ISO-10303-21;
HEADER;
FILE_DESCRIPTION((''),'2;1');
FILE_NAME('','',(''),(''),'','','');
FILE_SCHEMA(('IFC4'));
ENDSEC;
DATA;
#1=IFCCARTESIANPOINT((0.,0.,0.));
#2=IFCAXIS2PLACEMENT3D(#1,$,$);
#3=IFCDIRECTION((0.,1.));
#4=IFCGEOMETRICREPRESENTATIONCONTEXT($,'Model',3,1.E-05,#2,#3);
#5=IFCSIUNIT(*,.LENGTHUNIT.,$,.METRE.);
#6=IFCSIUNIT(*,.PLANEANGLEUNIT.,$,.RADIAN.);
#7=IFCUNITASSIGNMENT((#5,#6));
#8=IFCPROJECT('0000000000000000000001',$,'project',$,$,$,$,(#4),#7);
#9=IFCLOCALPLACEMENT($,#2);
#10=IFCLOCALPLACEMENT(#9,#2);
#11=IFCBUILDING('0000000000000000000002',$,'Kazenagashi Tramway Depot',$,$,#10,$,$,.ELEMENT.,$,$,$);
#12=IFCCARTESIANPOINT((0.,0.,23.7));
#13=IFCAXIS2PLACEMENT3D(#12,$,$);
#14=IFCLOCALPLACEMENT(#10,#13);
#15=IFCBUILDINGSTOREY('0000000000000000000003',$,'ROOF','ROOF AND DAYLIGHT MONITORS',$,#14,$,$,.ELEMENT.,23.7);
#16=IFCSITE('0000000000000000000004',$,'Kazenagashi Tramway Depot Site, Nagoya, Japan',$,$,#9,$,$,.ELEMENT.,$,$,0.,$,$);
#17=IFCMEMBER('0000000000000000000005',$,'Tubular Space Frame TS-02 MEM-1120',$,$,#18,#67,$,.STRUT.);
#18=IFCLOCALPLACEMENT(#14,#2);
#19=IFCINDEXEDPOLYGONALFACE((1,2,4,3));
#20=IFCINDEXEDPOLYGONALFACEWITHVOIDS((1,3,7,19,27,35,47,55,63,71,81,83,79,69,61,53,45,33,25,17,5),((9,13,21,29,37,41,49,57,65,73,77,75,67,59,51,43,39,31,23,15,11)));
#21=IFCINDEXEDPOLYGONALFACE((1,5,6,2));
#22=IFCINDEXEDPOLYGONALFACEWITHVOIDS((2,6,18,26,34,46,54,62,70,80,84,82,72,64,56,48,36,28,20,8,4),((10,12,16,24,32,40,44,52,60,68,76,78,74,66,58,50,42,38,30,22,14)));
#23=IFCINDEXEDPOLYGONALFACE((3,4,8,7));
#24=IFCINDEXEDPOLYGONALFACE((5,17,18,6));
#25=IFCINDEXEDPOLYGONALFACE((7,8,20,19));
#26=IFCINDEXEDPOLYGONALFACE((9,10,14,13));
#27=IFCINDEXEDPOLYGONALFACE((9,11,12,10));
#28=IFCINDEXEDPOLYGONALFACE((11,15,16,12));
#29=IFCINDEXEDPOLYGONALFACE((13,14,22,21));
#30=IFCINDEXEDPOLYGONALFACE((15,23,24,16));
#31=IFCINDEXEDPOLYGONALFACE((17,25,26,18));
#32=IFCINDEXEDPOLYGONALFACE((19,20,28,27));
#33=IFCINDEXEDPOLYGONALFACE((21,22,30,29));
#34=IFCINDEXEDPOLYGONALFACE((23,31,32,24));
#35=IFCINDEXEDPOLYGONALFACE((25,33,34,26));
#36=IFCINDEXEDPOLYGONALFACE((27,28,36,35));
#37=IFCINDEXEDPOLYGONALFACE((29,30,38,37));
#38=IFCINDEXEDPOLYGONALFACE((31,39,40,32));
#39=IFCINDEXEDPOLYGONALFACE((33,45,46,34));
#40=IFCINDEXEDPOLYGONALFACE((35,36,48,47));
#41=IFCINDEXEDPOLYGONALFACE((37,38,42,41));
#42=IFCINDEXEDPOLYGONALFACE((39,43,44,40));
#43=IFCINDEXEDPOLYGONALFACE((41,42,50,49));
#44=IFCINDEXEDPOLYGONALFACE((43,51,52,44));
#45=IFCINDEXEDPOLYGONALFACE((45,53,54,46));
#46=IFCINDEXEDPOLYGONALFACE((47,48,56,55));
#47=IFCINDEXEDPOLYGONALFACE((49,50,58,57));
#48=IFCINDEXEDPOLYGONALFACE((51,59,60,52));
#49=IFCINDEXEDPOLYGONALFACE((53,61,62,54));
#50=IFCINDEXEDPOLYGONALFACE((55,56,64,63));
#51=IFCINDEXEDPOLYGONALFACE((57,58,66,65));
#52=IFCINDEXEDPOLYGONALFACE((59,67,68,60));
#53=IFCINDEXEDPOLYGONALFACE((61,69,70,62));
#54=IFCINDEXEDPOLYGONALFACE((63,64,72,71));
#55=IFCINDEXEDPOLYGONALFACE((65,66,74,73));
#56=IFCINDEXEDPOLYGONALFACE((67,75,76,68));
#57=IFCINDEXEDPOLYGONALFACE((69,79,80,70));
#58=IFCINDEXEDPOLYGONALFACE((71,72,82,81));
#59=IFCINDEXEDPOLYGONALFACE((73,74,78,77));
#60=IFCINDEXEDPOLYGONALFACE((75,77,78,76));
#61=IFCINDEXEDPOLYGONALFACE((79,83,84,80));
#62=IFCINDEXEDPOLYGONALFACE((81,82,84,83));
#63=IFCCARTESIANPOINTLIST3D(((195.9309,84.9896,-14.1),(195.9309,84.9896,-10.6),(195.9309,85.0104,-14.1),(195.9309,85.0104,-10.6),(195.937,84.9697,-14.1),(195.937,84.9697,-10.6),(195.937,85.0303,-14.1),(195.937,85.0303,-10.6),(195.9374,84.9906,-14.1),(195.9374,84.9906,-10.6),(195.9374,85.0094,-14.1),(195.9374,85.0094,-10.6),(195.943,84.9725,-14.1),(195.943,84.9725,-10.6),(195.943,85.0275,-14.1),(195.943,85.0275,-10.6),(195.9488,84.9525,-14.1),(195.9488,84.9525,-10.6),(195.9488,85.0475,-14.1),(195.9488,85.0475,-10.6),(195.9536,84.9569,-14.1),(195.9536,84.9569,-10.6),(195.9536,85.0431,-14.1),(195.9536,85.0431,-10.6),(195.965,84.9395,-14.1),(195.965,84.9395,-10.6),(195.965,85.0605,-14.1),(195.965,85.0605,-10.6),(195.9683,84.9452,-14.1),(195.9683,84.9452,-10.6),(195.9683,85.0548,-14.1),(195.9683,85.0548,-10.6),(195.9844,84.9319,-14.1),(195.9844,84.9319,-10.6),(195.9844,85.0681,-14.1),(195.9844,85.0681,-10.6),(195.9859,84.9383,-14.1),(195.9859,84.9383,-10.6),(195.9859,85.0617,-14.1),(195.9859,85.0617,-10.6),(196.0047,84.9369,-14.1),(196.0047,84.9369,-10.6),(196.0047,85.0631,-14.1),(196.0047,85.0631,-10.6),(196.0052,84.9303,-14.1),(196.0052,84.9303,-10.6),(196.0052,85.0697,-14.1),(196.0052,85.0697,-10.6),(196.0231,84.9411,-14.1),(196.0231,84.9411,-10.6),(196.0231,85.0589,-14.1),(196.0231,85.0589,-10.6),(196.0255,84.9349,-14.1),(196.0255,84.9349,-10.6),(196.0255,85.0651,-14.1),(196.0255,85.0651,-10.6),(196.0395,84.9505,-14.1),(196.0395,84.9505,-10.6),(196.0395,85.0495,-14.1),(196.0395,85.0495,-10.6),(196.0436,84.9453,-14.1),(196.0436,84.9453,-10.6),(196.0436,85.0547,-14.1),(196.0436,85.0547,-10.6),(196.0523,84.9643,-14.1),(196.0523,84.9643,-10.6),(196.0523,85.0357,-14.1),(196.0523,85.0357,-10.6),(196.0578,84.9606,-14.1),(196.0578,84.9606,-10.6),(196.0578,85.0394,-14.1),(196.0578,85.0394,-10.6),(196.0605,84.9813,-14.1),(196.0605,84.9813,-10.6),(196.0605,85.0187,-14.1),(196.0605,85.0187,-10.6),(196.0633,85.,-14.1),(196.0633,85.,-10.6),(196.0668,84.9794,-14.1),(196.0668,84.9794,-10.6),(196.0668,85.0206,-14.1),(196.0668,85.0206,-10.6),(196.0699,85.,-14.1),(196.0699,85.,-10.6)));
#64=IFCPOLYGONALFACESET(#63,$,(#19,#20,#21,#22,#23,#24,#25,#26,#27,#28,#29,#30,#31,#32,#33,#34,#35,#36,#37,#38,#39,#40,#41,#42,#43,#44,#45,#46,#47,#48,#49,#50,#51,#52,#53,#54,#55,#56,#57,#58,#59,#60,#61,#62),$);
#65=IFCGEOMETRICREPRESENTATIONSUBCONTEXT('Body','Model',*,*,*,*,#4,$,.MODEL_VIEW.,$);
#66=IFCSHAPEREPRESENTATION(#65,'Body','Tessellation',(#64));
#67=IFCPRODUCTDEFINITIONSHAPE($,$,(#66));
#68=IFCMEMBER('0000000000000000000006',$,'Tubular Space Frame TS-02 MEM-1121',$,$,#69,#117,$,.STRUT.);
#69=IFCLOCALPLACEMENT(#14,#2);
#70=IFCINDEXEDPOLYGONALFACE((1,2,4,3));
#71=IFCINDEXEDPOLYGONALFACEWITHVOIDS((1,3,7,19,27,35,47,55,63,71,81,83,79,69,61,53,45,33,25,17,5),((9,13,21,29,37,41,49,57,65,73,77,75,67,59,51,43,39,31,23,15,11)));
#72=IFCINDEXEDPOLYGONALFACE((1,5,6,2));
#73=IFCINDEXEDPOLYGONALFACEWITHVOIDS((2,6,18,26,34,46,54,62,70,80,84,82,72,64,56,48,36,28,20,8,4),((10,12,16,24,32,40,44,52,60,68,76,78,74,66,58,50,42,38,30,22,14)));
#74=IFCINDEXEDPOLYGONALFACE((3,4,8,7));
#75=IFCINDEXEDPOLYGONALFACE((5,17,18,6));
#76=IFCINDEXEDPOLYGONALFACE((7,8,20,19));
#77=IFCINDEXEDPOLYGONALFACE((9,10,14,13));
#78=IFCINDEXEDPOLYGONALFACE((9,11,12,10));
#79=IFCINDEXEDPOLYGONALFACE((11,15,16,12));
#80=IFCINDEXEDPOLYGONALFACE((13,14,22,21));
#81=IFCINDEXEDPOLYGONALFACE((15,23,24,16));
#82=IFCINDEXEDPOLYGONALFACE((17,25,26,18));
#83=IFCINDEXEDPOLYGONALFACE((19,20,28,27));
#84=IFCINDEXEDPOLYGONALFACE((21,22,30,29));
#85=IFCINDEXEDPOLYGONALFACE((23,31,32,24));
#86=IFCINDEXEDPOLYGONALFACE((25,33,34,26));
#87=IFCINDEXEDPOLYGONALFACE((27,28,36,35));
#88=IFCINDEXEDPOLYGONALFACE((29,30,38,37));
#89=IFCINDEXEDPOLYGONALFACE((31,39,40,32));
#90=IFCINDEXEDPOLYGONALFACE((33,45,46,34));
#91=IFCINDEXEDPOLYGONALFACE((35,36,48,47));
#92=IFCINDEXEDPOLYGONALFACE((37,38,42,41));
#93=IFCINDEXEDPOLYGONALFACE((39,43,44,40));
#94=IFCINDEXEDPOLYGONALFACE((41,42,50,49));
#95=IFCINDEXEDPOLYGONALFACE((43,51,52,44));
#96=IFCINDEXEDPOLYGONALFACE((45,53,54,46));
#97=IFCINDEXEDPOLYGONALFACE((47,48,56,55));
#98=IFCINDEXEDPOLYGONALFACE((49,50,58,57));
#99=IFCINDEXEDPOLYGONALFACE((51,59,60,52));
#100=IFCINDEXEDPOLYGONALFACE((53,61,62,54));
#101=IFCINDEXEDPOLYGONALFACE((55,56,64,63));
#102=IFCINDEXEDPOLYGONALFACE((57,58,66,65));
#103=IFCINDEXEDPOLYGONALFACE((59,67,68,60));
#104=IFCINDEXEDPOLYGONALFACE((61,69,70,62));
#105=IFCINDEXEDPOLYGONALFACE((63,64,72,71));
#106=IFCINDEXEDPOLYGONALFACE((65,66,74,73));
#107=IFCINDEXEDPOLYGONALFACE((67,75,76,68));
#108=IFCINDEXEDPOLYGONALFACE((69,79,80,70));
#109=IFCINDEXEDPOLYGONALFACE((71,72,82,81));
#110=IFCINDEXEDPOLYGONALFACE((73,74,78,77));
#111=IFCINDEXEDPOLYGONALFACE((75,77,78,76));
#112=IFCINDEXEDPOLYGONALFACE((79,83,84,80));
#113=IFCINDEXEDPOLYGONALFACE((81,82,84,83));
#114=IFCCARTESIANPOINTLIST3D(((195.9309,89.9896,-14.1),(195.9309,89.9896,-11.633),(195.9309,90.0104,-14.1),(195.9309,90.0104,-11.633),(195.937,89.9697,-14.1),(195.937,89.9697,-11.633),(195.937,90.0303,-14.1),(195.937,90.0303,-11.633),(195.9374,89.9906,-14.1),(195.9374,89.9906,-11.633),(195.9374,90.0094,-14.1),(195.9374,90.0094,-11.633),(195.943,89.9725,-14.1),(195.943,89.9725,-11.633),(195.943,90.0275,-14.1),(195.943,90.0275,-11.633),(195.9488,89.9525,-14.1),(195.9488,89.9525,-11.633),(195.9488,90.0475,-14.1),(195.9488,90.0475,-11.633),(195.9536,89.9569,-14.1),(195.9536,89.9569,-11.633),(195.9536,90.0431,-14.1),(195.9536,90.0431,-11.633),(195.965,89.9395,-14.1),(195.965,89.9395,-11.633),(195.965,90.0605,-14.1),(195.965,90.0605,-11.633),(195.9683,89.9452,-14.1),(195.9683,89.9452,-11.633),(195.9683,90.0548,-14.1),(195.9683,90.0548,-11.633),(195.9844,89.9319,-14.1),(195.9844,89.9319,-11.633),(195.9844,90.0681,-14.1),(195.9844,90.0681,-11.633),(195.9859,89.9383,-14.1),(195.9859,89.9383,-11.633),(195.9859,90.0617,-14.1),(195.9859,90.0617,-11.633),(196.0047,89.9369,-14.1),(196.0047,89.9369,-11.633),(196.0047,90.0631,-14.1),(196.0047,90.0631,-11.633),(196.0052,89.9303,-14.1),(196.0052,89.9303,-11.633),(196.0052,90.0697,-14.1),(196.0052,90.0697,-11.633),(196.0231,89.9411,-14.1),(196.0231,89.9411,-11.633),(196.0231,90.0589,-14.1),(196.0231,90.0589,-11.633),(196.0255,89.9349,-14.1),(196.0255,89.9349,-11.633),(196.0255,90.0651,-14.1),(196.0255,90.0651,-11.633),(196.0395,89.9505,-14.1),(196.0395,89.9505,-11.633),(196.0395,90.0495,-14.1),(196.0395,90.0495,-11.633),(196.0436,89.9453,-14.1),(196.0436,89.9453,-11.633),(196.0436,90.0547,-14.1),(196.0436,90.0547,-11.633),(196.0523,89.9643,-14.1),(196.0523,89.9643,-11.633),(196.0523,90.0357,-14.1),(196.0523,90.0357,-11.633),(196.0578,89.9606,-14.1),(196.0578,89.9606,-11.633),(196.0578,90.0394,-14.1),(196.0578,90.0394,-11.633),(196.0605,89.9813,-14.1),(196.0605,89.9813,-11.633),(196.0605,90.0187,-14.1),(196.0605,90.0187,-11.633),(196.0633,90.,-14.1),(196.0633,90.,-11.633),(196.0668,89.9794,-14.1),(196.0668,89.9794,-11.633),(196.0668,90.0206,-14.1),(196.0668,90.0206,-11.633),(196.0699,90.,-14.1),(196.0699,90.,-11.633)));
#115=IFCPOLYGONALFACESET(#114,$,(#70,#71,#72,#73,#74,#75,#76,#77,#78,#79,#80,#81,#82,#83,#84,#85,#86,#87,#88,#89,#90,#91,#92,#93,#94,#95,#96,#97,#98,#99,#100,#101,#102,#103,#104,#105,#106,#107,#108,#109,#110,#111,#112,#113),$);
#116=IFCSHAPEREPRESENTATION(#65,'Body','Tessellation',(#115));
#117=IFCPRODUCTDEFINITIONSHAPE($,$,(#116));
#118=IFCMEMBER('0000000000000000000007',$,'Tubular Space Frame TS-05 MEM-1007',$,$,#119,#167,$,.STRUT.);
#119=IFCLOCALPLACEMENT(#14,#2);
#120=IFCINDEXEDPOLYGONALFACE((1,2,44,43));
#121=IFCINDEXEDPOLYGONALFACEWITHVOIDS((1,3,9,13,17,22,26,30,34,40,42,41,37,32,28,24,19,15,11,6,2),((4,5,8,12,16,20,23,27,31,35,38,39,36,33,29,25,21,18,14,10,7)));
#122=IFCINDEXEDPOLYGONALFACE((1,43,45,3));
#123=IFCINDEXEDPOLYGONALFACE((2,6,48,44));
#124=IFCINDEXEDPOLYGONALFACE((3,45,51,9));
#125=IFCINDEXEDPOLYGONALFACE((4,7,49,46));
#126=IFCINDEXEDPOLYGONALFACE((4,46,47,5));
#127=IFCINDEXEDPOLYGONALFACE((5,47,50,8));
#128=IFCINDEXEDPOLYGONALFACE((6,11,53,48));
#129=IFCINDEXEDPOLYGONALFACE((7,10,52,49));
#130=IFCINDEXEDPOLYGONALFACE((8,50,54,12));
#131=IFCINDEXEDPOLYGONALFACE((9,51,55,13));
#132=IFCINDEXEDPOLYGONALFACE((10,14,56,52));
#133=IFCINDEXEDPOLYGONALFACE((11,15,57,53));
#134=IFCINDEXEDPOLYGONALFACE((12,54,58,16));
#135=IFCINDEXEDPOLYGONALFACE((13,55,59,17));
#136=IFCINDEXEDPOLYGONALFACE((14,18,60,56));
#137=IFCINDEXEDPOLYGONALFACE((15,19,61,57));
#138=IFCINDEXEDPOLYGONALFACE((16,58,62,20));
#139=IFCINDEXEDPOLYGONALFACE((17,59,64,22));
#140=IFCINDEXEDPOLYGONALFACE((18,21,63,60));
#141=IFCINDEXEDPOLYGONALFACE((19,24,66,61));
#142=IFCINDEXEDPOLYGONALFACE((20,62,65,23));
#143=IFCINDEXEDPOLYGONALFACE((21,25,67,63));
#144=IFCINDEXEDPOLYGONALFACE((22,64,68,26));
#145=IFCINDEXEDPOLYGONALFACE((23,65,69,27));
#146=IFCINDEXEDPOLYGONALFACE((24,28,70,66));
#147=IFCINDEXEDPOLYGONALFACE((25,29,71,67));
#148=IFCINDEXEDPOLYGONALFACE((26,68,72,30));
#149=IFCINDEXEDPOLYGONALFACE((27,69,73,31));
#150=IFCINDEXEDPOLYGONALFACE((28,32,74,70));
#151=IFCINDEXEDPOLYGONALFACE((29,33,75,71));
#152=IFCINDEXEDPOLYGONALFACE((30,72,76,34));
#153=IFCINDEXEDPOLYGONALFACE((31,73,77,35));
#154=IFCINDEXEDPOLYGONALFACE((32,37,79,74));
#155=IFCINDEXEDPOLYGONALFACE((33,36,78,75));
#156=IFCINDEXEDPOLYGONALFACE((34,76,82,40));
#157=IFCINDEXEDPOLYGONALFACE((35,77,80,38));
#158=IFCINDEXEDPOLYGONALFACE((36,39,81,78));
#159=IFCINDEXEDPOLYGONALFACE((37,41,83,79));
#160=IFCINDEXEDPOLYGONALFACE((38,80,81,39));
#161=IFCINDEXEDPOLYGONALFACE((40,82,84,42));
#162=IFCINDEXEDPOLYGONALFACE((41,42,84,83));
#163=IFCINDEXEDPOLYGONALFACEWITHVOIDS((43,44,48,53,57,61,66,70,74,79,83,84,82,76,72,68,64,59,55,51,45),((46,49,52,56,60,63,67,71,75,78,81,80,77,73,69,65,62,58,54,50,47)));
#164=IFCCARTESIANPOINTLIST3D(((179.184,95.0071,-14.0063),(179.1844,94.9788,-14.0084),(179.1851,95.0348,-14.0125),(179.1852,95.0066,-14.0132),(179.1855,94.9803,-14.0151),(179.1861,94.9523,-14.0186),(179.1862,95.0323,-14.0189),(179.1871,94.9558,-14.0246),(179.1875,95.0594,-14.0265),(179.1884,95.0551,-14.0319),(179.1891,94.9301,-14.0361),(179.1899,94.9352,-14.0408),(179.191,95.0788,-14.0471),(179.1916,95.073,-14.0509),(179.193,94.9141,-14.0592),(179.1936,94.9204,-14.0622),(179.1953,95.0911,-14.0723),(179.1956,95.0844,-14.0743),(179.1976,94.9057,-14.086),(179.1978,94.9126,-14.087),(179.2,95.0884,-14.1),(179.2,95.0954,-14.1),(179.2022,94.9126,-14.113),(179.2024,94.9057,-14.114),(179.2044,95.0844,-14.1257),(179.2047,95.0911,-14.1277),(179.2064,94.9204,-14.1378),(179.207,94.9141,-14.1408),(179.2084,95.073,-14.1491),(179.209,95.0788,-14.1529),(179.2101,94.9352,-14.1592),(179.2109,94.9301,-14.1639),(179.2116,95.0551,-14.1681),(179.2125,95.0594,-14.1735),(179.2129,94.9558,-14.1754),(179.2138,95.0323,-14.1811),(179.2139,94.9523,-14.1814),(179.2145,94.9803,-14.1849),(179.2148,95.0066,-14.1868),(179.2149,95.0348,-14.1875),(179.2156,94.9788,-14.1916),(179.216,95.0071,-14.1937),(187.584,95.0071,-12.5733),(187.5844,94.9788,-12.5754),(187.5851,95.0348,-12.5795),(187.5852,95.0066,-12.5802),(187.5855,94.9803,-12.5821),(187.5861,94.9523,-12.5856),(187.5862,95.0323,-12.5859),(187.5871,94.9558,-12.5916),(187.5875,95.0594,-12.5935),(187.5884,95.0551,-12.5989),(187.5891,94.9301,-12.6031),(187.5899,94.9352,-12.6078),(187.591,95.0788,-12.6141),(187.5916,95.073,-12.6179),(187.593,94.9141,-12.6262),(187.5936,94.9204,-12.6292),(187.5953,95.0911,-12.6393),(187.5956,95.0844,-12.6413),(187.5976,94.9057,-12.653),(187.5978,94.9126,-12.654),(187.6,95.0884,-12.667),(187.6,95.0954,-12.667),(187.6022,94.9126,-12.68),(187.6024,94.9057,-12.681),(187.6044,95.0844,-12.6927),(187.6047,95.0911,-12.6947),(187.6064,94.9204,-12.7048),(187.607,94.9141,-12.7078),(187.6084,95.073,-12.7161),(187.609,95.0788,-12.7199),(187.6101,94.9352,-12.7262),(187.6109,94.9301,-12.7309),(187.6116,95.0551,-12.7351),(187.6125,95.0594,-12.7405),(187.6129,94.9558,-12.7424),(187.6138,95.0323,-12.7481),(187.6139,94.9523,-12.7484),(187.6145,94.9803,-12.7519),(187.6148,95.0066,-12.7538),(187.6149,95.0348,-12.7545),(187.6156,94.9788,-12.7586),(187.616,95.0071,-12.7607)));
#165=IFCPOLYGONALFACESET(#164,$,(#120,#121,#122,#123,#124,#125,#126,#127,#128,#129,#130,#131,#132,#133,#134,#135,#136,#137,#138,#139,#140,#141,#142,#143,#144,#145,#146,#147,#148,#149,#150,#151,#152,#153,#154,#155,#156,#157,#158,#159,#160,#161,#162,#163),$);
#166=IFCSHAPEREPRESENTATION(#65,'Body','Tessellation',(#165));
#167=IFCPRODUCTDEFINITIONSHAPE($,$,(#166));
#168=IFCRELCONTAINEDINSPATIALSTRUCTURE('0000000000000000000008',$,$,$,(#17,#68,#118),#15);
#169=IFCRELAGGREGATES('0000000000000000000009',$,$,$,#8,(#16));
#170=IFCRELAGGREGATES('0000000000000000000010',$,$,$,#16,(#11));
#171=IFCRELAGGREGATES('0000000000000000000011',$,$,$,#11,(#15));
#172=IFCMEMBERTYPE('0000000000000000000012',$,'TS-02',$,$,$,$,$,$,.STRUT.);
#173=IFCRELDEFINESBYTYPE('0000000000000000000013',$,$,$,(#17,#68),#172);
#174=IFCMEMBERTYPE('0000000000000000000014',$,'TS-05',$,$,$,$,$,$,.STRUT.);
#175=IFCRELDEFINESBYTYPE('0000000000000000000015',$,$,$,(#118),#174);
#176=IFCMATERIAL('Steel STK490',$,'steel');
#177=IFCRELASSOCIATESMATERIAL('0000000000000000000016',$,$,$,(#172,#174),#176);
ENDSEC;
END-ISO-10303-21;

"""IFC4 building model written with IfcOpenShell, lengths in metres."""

from ifc_helpers import new_model, si_unit, direction, frame, origin, origin_2d, place, context, subcontext, project, spatial, hollow_circle, extrude, material, material_profile, profile_set, type_object, element, save


model = new_model("IFC4")

# Units and contexts
model_context = context("Model", 3, precision=1e-05, world=origin(), true_north=direction((0.0, 1.0)))
body_context = subcontext(model_context, "Body", "Model", "MODEL_VIEW")
ifc_project = project(units=[si_unit("LENGTHUNIT", "METRE"), si_unit("PLANEANGLEUNIT", "RADIAN")], contexts=[model_context])

# Site, building, storey
site_placement = place(None, origin())
site = spatial("IfcSite", under=ifc_project, at=site_placement, Name="Kazenagashi Tramway Depot Site, Nagoya, Japan", CompositionType="ELEMENT", RefElevation=0.0)
building_placement = place(site_placement, origin())
building = spatial("IfcBuilding", under=site, at=building_placement, Name="Kazenagashi Tramway Depot", CompositionType="ELEMENT")
storey_placement = place(building_placement, frame((0.0, 0.0, 23.7)))
storey = spatial("IfcBuildingStorey", under=building, at=storey_placement, Name="ROOF", Description="ROOF AND DAYLIGHT MONITORS", CompositionType="ELEMENT", Elevation=23.7)

# Members
ifc_material_1 = material(Name="Steel STK490", Category="steel")
ifc_material_profile_1 = material_profile(ifc_material_1, hollow_circle(Radius=0.0699, WallThickness=0.0066, at=origin_2d()), Name="CHS-139.8x6.6")
ifc_profile_set_1 = profile_set([ifc_material_profile_1], Name="Steel STK490")
member_type_1 = type_object("IfcMemberType", Name="TS-02", PredefinedType="STRUT", material=ifc_profile_set_1)
member_1_placement = place(storey_placement, frame((196.0, 85.0, -14.1), z_axis=(0.0, 0.0, 1.0), x_axis=(1.0, 0.0, 0.0)))
element("IfcMember", 1, at=member_1_placement, inside=storey, type_object=member_type_1, Name="Tubular Space Frame TS-02 MEM-1120", PredefinedType="STRUT", context=body_context, shape_type="SweptSolid", body=[
    extrude(hollow_circle(Radius=0.0699, WallThickness=0.0066, at=origin_2d()), origin(), (0.0, 0.0, 1.0), 3.5),
])
member_2_placement = place(storey_placement, frame((196.0, 90.0, -14.1), z_axis=(0.0, 0.0, 1.0), x_axis=(1.0, 0.0, 0.0)))
element("IfcMember", 2, at=member_2_placement, inside=storey, type_object=member_type_1, Name="Tubular Space Frame TS-02 MEM-1121", PredefinedType="STRUT", context=body_context, shape_type="SweptSolid", body=[
    extrude(hollow_circle(Radius=0.0699, WallThickness=0.0066, at=origin_2d()), origin(), (0.0, 0.0, 1.0), 2.467),
])
ifc_material_profile_2 = material_profile(ifc_material_1, hollow_circle(Radius=0.0954, WallThickness=0.007, at=origin_2d()), Name="CHS-190.7x7.0")
ifc_profile_set_2 = profile_set([ifc_material_profile_2], Name="Steel STK490")
member_type_2 = type_object("IfcMemberType", Name="TS-05", PredefinedType="STRUT", material=ifc_profile_set_2)
for number, where, z_axis, x_axis, name in (
    (3, (179.2, 95.0, -14.1), (0.985759, 0.0, 0.168166), (0.0, 1.0, 0.0), "Tubular Space Frame TS-05 MEM-1007"),
):
    element("IfcMember", number, at=place(storey_placement, frame(where, z_axis=z_axis, x_axis=x_axis)), inside=storey, type_object=member_type_2, Name=name, PredefinedType="STRUT", context=body_context, shape_type="SweptSolid", body=[
        extrude(hollow_circle(Radius=0.0954, WallThickness=0.007, at=origin_2d()), origin(), (0.0, 0.0, 1.0), 8.5214),
    ])

save(model, "model.ifc")
